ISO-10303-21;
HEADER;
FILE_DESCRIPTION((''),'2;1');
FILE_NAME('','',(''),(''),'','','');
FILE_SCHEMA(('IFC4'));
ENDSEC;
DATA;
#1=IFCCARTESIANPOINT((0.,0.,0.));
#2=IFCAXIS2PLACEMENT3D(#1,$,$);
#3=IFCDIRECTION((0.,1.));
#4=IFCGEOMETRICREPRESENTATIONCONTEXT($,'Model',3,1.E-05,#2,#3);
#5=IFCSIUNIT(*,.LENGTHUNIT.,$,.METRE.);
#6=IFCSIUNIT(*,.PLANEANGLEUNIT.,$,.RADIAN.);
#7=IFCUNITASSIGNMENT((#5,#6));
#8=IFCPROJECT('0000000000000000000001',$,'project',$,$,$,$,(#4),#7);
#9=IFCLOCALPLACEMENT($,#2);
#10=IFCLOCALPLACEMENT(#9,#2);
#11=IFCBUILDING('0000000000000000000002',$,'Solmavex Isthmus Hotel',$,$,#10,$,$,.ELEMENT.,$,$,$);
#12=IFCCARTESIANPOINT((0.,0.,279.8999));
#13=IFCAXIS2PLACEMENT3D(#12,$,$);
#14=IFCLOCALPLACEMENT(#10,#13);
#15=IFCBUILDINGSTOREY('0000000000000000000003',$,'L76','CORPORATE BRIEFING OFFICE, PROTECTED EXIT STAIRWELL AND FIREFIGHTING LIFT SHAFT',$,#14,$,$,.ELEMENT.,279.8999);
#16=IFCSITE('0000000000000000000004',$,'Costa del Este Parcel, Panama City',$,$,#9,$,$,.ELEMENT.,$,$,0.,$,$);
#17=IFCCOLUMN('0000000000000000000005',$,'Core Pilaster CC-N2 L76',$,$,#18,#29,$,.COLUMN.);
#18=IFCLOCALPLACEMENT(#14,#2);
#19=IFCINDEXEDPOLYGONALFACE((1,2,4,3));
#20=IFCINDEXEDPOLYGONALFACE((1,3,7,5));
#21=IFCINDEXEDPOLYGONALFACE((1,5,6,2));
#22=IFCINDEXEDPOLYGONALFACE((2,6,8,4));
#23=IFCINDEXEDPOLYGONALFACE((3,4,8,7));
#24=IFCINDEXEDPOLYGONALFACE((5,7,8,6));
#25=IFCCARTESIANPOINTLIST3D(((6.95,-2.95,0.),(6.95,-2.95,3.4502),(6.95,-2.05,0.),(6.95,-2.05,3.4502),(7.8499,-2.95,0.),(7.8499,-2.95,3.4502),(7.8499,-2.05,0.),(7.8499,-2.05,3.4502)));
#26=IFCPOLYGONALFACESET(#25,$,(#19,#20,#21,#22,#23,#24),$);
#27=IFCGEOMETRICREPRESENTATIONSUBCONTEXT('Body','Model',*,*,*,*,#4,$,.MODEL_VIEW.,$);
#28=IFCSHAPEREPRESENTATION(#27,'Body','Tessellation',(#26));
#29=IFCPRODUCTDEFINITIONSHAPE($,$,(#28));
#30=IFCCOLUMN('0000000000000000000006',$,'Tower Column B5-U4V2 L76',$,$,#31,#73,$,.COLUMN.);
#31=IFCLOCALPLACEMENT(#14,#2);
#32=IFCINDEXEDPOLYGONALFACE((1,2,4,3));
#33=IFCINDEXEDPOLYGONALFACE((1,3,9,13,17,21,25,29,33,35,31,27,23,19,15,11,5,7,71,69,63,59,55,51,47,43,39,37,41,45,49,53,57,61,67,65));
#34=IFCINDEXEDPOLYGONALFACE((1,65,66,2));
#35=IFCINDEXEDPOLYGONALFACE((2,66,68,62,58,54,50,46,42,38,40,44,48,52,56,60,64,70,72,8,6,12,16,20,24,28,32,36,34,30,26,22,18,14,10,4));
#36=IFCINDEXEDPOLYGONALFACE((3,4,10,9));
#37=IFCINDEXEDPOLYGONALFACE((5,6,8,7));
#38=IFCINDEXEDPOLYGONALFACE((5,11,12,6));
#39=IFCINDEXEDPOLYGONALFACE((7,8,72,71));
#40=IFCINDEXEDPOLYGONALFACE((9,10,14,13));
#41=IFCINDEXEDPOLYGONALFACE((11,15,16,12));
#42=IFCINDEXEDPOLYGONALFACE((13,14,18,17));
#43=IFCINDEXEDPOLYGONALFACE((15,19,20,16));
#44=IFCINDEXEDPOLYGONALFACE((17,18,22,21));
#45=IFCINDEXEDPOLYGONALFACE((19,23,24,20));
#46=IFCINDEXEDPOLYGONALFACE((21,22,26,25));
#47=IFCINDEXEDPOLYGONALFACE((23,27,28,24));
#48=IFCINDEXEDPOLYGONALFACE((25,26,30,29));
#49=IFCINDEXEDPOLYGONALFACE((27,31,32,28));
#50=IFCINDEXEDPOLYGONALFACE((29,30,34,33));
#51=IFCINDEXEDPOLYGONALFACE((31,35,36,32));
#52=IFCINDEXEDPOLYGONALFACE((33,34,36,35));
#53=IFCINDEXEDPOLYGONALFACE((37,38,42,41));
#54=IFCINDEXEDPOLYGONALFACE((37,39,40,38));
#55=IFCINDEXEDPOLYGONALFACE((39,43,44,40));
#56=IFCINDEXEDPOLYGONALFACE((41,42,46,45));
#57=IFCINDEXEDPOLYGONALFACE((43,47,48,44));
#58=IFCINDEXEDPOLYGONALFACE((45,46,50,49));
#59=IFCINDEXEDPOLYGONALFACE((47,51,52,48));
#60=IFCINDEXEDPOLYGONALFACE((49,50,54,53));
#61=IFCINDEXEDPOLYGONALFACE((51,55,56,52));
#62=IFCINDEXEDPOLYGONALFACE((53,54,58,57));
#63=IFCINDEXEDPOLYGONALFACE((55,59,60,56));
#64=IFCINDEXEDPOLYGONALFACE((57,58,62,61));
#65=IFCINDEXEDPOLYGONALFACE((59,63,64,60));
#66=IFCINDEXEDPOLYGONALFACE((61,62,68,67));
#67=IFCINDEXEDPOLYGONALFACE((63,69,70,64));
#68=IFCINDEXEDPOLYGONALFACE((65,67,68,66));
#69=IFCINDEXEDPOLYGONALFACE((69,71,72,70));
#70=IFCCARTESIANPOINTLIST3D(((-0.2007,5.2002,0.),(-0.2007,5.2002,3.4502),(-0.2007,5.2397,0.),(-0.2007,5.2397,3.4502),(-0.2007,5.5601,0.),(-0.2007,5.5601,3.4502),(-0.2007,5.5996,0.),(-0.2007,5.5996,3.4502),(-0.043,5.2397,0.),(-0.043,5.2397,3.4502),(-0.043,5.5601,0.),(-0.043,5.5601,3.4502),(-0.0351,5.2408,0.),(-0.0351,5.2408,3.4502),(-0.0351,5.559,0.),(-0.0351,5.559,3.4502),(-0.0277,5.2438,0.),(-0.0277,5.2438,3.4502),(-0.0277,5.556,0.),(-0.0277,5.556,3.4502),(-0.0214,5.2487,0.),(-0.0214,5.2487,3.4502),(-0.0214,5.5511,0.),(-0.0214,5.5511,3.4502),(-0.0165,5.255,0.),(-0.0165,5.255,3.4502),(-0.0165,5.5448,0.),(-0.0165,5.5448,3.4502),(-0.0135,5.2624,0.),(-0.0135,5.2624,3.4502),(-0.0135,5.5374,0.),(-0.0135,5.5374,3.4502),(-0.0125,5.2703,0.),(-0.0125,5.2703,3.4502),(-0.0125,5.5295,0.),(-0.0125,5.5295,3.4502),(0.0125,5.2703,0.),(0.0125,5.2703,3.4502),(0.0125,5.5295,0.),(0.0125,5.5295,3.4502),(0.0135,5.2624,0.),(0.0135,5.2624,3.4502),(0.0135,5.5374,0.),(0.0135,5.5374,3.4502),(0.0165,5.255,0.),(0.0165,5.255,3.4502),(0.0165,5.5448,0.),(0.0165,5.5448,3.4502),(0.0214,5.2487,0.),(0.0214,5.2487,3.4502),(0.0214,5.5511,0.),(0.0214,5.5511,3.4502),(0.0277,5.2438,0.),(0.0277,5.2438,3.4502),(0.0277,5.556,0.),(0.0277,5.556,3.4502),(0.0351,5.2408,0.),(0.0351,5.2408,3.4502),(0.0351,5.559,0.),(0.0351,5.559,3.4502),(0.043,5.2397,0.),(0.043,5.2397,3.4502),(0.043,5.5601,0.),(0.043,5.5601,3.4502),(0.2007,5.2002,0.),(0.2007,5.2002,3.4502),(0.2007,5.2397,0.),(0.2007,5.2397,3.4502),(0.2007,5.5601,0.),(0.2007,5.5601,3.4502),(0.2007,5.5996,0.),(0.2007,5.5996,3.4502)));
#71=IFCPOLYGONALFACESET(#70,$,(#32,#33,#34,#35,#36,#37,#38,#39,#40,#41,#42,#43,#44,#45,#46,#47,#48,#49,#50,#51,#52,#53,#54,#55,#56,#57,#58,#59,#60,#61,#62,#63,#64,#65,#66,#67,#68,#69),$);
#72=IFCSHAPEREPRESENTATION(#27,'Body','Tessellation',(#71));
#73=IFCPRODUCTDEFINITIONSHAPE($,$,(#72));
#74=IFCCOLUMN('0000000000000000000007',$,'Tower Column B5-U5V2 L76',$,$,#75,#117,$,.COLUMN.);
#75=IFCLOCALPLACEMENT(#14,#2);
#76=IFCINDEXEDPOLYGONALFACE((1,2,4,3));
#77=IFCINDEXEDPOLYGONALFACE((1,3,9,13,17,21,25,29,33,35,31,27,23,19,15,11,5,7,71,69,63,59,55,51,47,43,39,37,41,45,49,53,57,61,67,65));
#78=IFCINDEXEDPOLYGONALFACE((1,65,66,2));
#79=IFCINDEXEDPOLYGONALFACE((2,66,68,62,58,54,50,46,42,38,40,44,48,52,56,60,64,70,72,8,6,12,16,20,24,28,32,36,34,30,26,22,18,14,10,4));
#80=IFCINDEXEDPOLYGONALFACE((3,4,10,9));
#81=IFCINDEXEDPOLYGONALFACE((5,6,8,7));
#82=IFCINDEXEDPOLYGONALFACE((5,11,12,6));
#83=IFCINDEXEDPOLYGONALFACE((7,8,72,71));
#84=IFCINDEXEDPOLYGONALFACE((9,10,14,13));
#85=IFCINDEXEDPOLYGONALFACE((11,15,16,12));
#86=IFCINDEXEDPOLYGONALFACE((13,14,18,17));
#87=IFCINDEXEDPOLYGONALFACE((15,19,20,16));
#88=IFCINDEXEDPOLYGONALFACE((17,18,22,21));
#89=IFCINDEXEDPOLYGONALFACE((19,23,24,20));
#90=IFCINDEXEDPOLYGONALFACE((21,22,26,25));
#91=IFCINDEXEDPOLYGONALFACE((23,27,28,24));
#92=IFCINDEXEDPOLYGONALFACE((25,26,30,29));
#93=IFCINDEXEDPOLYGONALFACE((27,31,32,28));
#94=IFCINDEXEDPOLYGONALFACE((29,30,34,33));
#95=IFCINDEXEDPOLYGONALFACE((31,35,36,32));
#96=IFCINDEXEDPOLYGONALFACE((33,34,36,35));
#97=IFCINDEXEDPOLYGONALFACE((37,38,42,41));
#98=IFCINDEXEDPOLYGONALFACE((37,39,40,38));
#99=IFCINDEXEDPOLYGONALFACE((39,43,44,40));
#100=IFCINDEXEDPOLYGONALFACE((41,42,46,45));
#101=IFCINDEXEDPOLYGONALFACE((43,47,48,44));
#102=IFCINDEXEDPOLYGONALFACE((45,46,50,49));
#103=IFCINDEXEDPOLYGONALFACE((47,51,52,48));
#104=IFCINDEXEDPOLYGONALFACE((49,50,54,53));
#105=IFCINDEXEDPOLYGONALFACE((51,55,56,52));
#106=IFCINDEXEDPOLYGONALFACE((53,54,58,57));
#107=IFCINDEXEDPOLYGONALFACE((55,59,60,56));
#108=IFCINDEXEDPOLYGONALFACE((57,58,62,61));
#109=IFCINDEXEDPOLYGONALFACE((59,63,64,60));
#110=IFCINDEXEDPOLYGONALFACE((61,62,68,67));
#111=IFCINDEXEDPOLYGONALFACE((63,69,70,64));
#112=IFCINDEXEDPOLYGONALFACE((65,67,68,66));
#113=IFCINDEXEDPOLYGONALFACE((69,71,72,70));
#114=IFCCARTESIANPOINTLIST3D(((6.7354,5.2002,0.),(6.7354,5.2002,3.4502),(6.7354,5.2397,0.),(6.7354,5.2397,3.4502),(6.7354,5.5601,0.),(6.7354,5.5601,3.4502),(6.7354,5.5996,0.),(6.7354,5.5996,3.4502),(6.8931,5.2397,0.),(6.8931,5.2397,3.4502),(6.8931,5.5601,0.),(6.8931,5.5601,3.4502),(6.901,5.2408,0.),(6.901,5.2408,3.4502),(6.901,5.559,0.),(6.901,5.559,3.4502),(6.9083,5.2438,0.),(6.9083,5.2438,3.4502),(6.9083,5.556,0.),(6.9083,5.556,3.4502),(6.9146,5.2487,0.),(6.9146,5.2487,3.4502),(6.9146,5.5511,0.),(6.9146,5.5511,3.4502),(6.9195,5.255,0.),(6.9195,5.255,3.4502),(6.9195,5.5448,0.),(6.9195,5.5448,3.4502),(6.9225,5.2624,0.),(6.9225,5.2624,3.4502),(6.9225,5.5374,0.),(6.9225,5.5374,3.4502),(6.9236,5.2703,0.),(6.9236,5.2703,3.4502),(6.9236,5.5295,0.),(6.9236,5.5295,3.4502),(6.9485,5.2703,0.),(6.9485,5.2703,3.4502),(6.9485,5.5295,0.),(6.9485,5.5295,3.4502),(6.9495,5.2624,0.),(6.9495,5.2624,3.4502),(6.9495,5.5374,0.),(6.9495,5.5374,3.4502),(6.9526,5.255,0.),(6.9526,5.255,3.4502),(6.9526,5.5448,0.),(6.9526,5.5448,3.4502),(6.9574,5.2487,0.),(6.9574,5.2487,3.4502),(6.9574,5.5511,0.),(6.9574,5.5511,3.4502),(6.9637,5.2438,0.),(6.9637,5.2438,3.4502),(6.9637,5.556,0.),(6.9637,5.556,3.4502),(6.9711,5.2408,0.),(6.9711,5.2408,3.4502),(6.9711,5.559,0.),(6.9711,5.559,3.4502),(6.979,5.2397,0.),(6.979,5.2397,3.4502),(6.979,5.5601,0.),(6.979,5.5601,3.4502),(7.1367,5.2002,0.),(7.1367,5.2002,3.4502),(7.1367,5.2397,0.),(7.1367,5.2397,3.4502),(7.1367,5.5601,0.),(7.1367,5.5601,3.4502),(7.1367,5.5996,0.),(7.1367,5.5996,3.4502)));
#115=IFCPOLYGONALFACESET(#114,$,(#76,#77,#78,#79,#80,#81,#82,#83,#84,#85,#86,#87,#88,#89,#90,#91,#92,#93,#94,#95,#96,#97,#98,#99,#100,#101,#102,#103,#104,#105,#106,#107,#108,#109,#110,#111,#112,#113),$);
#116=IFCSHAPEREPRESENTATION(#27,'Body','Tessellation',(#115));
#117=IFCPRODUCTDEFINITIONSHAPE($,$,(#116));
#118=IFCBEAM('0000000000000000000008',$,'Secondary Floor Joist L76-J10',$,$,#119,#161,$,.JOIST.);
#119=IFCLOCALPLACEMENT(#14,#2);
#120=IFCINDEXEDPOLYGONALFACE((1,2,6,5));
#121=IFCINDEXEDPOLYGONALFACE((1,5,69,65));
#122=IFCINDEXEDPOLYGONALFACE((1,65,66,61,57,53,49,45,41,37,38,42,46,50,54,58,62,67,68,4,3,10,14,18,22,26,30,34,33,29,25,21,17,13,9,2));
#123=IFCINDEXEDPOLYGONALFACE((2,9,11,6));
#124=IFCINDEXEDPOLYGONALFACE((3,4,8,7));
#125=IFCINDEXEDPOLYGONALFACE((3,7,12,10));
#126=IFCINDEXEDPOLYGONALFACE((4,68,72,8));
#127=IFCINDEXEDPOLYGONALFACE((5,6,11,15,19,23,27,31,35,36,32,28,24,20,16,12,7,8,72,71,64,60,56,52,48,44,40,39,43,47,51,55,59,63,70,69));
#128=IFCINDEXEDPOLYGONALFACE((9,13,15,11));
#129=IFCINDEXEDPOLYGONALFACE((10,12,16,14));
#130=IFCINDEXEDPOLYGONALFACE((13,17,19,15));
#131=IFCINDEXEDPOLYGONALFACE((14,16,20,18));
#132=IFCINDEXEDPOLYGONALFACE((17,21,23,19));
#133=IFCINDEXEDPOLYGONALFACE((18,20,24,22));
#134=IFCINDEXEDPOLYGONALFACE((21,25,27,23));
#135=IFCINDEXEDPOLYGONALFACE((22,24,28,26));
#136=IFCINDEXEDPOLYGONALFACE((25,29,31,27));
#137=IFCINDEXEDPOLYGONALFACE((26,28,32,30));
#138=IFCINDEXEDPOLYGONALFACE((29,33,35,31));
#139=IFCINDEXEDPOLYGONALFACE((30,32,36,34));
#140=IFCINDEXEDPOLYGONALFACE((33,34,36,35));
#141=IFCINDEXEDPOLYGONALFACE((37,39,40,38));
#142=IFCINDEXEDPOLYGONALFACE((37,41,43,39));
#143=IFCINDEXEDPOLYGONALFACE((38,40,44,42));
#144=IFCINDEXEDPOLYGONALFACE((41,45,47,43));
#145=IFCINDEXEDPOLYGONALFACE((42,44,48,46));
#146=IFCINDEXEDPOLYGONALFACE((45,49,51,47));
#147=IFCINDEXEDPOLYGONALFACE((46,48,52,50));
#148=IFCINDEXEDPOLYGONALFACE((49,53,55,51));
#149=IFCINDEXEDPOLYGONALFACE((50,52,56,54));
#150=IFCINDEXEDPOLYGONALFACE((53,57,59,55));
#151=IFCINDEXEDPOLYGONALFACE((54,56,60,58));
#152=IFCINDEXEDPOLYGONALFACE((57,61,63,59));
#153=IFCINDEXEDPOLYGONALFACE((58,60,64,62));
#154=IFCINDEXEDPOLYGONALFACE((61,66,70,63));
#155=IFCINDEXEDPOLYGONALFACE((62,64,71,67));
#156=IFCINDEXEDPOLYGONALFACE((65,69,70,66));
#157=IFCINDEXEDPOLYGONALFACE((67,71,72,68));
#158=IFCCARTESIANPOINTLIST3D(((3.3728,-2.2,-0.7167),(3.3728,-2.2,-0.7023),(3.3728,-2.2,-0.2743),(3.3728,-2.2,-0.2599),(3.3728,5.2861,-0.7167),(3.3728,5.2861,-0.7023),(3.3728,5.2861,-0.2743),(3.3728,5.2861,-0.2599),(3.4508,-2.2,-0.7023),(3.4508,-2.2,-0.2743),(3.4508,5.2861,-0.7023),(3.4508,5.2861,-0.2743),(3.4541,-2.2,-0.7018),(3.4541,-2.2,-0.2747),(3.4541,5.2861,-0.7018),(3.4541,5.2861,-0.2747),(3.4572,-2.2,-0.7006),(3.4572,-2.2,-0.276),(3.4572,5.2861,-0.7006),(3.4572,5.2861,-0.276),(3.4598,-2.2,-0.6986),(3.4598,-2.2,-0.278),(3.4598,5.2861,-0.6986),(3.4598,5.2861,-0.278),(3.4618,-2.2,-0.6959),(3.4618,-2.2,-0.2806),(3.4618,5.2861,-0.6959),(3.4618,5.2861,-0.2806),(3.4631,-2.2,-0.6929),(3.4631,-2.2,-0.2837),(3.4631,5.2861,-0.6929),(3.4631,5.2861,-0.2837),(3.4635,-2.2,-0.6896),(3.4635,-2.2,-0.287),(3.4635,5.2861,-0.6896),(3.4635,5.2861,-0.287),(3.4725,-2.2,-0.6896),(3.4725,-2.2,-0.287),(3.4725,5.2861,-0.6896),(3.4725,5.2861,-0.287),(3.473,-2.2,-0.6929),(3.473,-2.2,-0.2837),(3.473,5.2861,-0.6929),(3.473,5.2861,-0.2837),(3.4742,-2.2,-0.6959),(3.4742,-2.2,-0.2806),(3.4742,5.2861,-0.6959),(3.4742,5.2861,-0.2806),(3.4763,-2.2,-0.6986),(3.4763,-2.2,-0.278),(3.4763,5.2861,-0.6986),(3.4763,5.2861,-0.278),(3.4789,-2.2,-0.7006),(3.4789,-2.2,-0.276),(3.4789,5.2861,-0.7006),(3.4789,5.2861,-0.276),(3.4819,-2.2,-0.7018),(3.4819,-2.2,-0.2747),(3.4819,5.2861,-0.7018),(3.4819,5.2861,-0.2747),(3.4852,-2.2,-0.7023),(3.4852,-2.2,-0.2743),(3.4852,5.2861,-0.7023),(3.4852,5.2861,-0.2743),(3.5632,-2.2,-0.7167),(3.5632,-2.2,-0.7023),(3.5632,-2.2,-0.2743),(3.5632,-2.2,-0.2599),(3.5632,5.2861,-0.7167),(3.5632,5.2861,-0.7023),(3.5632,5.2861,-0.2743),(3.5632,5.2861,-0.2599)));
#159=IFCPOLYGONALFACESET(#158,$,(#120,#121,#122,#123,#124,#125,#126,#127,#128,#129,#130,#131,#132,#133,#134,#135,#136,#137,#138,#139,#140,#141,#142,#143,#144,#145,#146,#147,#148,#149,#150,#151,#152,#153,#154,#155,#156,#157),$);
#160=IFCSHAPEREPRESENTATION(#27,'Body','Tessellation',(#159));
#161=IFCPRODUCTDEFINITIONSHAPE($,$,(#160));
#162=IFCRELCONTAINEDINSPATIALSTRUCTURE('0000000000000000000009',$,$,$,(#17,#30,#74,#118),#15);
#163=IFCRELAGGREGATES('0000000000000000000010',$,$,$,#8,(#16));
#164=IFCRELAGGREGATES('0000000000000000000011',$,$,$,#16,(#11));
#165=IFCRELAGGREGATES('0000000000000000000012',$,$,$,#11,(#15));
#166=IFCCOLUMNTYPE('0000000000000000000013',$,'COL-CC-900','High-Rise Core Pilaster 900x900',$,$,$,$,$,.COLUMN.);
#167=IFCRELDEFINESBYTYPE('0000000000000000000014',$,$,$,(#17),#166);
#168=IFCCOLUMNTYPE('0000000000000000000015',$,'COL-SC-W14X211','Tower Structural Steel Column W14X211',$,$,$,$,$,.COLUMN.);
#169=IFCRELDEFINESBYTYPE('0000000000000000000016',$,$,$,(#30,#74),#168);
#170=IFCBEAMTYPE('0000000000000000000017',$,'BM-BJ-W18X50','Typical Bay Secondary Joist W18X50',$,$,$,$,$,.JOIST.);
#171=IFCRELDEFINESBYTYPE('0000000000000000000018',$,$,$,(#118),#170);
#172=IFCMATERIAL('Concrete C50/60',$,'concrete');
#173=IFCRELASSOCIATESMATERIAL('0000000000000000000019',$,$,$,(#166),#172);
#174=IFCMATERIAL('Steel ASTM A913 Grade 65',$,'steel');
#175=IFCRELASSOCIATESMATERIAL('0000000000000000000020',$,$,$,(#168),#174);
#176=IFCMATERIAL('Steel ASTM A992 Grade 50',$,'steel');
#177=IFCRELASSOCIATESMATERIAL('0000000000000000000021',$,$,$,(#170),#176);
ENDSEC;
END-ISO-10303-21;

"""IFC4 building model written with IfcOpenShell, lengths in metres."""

from ifc_helpers import new_model, si_unit, direction, frame, origin, origin_2d, place, context, subcontext, project, spatial, rectangle, i_section, extrude, material, material_profile, profile_set, type_object, element, save


model = new_model("IFC4")

# Units and contexts
model_context = context("Model", 3, precision=1e-05, world=origin(), true_north=direction((0.0, 1.0)))
body_context = subcontext(model_context, "Body", "Model", "MODEL_VIEW")
ifc_project = project(units=[si_unit("LENGTHUNIT", "METRE"), si_unit("PLANEANGLEUNIT", "RADIAN")], contexts=[model_context])

# Site, building, storey
site_placement = place(None, origin())
site = spatial("IfcSite", under=ifc_project, at=site_placement, Name="Costa del Este Parcel, Panama City", CompositionType="ELEMENT", RefElevation=0.0)
building_placement = place(site_placement, origin())
building = spatial("IfcBuilding", under=site, at=building_placement, Name="Solmavex Isthmus Hotel", CompositionType="ELEMENT")
storey_placement = place(building_placement, frame((0.0, 0.0, 279.8999)))
storey = spatial("IfcBuildingStorey", under=building, at=storey_placement, Name="L76", Description="CORPORATE BRIEFING OFFICE, PROTECTED EXIT STAIRWELL AND FIREFIGHTING LIFT SHAFT", CompositionType="ELEMENT", Elevation=279.8999)

# Columns
ifc_material_1 = material(Name="Concrete C50/60", Category="concrete")
ifc_material_profile_1 = material_profile(ifc_material_1, rectangle(XDim=0.8999, YDim=0.8999, at=origin_2d()), Name="RC900X900")
ifc_profile_set_1 = profile_set([ifc_material_profile_1], Name="Concrete C50/60")
column_type_1 = type_object("IfcColumnType", Name="COL-CC-900", Description="High-Rise Core Pilaster 900x900", PredefinedType="COLUMN", material=ifc_profile_set_1)
column_placement = place(storey_placement, frame((7.3999, -2.5, 0.0), z_axis=(0.0, 0.0, 1.0), x_axis=(1.0, 0.0, 0.0)))
element("IfcColumn", 1, at=column_placement, inside=storey, type_object=column_type_1, Name="Core Pilaster CC-N2 L76", PredefinedType="COLUMN", context=body_context, shape_type="SweptSolid", body=[
    extrude(rectangle(XDim=0.8999, YDim=0.8999, at=origin_2d()), origin(), (0.0, 0.0, 1.0), 3.4502),
])
ifc_material_2 = material(Name="Steel ASTM A913 Grade 65", Category="steel")
ifc_material_profile_2 = material_profile(ifc_material_2, i_section(OverallWidth=0.4014, OverallDepth=0.3994, WebThickness=0.0249, FlangeThickness=0.0396, FilletRadius=0.0305, at=origin_2d()), Name="W14X211")
ifc_profile_set_2 = profile_set([ifc_material_profile_2], Name="Steel ASTM A913 Grade 65")
column_type_2 = type_object("IfcColumnType", Name="COL-SC-W14X211", Description="Tower Structural Steel Column W14X211", PredefinedType="COLUMN", material=ifc_profile_set_2)
for number, where, z_axis, x_axis, name in (
    (2, (0.0, 5.3999, 0.0), (0.0, 0.0, 1.0), (1.0, 0.0, 0.0), "Tower Column B5-U4V2 L76"),
    (3, (6.936, 5.3999, 0.0), (0.0, 0.0, 1.0), (1.0, 0.0, 0.0), "Tower Column B5-U5V2 L76"),
):
    element("IfcColumn", number, at=place(storey_placement, frame(where, z_axis=z_axis, x_axis=x_axis)), inside=storey, type_object=column_type_2, Name=name, PredefinedType="COLUMN", context=body_context, shape_type="SweptSolid", body=[
        extrude(i_section(OverallWidth=0.4014, OverallDepth=0.3994, WebThickness=0.0249, FlangeThickness=0.0396, FilletRadius=0.0305, at=origin_2d()), origin(), (0.0, 0.0, 1.0), 3.4502),
    ])

# Beam
ifc_material_3 = material(Name="Steel ASTM A992 Grade 50", Category="steel")
ifc_material_profile_3 = material_profile(ifc_material_3, i_section(OverallWidth=0.1904, OverallDepth=0.4568, WebThickness=0.009, FlangeThickness=0.0144, FilletRadius=0.0127, at=origin_2d()), Name="W18X50")
ifc_profile_set_3 = profile_set([ifc_material_profile_3], Name="Steel ASTM A992 Grade 50")
beam_type_1 = type_object("IfcBeamType", Name="BM-BJ-W18X50", Description="Typical Bay Secondary Joist W18X50", PredefinedType="JOIST", material=ifc_profile_set_3)
for number, where, z_axis, x_axis, name in (
    (4, (3.468, -2.2, -0.4883), (0.0, 1.0, 0.0), (-1.0, 0.0, 0.0), "Secondary Floor Joist L76-J10"),
):
    element("IfcBeam", number, at=place(storey_placement, frame(where, z_axis=z_axis, x_axis=x_axis)), inside=storey, type_object=beam_type_1, Name=name, PredefinedType="JOIST", context=body_context, shape_type="SweptSolid", body=[
        extrude(i_section(OverallWidth=0.1904, OverallDepth=0.4568, WebThickness=0.009, FlangeThickness=0.0144, FilletRadius=0.0127, at=origin_2d()), origin(), (0.0, 0.0, 1.0), 7.4861),
    ])

save(model, "model.ifc")
